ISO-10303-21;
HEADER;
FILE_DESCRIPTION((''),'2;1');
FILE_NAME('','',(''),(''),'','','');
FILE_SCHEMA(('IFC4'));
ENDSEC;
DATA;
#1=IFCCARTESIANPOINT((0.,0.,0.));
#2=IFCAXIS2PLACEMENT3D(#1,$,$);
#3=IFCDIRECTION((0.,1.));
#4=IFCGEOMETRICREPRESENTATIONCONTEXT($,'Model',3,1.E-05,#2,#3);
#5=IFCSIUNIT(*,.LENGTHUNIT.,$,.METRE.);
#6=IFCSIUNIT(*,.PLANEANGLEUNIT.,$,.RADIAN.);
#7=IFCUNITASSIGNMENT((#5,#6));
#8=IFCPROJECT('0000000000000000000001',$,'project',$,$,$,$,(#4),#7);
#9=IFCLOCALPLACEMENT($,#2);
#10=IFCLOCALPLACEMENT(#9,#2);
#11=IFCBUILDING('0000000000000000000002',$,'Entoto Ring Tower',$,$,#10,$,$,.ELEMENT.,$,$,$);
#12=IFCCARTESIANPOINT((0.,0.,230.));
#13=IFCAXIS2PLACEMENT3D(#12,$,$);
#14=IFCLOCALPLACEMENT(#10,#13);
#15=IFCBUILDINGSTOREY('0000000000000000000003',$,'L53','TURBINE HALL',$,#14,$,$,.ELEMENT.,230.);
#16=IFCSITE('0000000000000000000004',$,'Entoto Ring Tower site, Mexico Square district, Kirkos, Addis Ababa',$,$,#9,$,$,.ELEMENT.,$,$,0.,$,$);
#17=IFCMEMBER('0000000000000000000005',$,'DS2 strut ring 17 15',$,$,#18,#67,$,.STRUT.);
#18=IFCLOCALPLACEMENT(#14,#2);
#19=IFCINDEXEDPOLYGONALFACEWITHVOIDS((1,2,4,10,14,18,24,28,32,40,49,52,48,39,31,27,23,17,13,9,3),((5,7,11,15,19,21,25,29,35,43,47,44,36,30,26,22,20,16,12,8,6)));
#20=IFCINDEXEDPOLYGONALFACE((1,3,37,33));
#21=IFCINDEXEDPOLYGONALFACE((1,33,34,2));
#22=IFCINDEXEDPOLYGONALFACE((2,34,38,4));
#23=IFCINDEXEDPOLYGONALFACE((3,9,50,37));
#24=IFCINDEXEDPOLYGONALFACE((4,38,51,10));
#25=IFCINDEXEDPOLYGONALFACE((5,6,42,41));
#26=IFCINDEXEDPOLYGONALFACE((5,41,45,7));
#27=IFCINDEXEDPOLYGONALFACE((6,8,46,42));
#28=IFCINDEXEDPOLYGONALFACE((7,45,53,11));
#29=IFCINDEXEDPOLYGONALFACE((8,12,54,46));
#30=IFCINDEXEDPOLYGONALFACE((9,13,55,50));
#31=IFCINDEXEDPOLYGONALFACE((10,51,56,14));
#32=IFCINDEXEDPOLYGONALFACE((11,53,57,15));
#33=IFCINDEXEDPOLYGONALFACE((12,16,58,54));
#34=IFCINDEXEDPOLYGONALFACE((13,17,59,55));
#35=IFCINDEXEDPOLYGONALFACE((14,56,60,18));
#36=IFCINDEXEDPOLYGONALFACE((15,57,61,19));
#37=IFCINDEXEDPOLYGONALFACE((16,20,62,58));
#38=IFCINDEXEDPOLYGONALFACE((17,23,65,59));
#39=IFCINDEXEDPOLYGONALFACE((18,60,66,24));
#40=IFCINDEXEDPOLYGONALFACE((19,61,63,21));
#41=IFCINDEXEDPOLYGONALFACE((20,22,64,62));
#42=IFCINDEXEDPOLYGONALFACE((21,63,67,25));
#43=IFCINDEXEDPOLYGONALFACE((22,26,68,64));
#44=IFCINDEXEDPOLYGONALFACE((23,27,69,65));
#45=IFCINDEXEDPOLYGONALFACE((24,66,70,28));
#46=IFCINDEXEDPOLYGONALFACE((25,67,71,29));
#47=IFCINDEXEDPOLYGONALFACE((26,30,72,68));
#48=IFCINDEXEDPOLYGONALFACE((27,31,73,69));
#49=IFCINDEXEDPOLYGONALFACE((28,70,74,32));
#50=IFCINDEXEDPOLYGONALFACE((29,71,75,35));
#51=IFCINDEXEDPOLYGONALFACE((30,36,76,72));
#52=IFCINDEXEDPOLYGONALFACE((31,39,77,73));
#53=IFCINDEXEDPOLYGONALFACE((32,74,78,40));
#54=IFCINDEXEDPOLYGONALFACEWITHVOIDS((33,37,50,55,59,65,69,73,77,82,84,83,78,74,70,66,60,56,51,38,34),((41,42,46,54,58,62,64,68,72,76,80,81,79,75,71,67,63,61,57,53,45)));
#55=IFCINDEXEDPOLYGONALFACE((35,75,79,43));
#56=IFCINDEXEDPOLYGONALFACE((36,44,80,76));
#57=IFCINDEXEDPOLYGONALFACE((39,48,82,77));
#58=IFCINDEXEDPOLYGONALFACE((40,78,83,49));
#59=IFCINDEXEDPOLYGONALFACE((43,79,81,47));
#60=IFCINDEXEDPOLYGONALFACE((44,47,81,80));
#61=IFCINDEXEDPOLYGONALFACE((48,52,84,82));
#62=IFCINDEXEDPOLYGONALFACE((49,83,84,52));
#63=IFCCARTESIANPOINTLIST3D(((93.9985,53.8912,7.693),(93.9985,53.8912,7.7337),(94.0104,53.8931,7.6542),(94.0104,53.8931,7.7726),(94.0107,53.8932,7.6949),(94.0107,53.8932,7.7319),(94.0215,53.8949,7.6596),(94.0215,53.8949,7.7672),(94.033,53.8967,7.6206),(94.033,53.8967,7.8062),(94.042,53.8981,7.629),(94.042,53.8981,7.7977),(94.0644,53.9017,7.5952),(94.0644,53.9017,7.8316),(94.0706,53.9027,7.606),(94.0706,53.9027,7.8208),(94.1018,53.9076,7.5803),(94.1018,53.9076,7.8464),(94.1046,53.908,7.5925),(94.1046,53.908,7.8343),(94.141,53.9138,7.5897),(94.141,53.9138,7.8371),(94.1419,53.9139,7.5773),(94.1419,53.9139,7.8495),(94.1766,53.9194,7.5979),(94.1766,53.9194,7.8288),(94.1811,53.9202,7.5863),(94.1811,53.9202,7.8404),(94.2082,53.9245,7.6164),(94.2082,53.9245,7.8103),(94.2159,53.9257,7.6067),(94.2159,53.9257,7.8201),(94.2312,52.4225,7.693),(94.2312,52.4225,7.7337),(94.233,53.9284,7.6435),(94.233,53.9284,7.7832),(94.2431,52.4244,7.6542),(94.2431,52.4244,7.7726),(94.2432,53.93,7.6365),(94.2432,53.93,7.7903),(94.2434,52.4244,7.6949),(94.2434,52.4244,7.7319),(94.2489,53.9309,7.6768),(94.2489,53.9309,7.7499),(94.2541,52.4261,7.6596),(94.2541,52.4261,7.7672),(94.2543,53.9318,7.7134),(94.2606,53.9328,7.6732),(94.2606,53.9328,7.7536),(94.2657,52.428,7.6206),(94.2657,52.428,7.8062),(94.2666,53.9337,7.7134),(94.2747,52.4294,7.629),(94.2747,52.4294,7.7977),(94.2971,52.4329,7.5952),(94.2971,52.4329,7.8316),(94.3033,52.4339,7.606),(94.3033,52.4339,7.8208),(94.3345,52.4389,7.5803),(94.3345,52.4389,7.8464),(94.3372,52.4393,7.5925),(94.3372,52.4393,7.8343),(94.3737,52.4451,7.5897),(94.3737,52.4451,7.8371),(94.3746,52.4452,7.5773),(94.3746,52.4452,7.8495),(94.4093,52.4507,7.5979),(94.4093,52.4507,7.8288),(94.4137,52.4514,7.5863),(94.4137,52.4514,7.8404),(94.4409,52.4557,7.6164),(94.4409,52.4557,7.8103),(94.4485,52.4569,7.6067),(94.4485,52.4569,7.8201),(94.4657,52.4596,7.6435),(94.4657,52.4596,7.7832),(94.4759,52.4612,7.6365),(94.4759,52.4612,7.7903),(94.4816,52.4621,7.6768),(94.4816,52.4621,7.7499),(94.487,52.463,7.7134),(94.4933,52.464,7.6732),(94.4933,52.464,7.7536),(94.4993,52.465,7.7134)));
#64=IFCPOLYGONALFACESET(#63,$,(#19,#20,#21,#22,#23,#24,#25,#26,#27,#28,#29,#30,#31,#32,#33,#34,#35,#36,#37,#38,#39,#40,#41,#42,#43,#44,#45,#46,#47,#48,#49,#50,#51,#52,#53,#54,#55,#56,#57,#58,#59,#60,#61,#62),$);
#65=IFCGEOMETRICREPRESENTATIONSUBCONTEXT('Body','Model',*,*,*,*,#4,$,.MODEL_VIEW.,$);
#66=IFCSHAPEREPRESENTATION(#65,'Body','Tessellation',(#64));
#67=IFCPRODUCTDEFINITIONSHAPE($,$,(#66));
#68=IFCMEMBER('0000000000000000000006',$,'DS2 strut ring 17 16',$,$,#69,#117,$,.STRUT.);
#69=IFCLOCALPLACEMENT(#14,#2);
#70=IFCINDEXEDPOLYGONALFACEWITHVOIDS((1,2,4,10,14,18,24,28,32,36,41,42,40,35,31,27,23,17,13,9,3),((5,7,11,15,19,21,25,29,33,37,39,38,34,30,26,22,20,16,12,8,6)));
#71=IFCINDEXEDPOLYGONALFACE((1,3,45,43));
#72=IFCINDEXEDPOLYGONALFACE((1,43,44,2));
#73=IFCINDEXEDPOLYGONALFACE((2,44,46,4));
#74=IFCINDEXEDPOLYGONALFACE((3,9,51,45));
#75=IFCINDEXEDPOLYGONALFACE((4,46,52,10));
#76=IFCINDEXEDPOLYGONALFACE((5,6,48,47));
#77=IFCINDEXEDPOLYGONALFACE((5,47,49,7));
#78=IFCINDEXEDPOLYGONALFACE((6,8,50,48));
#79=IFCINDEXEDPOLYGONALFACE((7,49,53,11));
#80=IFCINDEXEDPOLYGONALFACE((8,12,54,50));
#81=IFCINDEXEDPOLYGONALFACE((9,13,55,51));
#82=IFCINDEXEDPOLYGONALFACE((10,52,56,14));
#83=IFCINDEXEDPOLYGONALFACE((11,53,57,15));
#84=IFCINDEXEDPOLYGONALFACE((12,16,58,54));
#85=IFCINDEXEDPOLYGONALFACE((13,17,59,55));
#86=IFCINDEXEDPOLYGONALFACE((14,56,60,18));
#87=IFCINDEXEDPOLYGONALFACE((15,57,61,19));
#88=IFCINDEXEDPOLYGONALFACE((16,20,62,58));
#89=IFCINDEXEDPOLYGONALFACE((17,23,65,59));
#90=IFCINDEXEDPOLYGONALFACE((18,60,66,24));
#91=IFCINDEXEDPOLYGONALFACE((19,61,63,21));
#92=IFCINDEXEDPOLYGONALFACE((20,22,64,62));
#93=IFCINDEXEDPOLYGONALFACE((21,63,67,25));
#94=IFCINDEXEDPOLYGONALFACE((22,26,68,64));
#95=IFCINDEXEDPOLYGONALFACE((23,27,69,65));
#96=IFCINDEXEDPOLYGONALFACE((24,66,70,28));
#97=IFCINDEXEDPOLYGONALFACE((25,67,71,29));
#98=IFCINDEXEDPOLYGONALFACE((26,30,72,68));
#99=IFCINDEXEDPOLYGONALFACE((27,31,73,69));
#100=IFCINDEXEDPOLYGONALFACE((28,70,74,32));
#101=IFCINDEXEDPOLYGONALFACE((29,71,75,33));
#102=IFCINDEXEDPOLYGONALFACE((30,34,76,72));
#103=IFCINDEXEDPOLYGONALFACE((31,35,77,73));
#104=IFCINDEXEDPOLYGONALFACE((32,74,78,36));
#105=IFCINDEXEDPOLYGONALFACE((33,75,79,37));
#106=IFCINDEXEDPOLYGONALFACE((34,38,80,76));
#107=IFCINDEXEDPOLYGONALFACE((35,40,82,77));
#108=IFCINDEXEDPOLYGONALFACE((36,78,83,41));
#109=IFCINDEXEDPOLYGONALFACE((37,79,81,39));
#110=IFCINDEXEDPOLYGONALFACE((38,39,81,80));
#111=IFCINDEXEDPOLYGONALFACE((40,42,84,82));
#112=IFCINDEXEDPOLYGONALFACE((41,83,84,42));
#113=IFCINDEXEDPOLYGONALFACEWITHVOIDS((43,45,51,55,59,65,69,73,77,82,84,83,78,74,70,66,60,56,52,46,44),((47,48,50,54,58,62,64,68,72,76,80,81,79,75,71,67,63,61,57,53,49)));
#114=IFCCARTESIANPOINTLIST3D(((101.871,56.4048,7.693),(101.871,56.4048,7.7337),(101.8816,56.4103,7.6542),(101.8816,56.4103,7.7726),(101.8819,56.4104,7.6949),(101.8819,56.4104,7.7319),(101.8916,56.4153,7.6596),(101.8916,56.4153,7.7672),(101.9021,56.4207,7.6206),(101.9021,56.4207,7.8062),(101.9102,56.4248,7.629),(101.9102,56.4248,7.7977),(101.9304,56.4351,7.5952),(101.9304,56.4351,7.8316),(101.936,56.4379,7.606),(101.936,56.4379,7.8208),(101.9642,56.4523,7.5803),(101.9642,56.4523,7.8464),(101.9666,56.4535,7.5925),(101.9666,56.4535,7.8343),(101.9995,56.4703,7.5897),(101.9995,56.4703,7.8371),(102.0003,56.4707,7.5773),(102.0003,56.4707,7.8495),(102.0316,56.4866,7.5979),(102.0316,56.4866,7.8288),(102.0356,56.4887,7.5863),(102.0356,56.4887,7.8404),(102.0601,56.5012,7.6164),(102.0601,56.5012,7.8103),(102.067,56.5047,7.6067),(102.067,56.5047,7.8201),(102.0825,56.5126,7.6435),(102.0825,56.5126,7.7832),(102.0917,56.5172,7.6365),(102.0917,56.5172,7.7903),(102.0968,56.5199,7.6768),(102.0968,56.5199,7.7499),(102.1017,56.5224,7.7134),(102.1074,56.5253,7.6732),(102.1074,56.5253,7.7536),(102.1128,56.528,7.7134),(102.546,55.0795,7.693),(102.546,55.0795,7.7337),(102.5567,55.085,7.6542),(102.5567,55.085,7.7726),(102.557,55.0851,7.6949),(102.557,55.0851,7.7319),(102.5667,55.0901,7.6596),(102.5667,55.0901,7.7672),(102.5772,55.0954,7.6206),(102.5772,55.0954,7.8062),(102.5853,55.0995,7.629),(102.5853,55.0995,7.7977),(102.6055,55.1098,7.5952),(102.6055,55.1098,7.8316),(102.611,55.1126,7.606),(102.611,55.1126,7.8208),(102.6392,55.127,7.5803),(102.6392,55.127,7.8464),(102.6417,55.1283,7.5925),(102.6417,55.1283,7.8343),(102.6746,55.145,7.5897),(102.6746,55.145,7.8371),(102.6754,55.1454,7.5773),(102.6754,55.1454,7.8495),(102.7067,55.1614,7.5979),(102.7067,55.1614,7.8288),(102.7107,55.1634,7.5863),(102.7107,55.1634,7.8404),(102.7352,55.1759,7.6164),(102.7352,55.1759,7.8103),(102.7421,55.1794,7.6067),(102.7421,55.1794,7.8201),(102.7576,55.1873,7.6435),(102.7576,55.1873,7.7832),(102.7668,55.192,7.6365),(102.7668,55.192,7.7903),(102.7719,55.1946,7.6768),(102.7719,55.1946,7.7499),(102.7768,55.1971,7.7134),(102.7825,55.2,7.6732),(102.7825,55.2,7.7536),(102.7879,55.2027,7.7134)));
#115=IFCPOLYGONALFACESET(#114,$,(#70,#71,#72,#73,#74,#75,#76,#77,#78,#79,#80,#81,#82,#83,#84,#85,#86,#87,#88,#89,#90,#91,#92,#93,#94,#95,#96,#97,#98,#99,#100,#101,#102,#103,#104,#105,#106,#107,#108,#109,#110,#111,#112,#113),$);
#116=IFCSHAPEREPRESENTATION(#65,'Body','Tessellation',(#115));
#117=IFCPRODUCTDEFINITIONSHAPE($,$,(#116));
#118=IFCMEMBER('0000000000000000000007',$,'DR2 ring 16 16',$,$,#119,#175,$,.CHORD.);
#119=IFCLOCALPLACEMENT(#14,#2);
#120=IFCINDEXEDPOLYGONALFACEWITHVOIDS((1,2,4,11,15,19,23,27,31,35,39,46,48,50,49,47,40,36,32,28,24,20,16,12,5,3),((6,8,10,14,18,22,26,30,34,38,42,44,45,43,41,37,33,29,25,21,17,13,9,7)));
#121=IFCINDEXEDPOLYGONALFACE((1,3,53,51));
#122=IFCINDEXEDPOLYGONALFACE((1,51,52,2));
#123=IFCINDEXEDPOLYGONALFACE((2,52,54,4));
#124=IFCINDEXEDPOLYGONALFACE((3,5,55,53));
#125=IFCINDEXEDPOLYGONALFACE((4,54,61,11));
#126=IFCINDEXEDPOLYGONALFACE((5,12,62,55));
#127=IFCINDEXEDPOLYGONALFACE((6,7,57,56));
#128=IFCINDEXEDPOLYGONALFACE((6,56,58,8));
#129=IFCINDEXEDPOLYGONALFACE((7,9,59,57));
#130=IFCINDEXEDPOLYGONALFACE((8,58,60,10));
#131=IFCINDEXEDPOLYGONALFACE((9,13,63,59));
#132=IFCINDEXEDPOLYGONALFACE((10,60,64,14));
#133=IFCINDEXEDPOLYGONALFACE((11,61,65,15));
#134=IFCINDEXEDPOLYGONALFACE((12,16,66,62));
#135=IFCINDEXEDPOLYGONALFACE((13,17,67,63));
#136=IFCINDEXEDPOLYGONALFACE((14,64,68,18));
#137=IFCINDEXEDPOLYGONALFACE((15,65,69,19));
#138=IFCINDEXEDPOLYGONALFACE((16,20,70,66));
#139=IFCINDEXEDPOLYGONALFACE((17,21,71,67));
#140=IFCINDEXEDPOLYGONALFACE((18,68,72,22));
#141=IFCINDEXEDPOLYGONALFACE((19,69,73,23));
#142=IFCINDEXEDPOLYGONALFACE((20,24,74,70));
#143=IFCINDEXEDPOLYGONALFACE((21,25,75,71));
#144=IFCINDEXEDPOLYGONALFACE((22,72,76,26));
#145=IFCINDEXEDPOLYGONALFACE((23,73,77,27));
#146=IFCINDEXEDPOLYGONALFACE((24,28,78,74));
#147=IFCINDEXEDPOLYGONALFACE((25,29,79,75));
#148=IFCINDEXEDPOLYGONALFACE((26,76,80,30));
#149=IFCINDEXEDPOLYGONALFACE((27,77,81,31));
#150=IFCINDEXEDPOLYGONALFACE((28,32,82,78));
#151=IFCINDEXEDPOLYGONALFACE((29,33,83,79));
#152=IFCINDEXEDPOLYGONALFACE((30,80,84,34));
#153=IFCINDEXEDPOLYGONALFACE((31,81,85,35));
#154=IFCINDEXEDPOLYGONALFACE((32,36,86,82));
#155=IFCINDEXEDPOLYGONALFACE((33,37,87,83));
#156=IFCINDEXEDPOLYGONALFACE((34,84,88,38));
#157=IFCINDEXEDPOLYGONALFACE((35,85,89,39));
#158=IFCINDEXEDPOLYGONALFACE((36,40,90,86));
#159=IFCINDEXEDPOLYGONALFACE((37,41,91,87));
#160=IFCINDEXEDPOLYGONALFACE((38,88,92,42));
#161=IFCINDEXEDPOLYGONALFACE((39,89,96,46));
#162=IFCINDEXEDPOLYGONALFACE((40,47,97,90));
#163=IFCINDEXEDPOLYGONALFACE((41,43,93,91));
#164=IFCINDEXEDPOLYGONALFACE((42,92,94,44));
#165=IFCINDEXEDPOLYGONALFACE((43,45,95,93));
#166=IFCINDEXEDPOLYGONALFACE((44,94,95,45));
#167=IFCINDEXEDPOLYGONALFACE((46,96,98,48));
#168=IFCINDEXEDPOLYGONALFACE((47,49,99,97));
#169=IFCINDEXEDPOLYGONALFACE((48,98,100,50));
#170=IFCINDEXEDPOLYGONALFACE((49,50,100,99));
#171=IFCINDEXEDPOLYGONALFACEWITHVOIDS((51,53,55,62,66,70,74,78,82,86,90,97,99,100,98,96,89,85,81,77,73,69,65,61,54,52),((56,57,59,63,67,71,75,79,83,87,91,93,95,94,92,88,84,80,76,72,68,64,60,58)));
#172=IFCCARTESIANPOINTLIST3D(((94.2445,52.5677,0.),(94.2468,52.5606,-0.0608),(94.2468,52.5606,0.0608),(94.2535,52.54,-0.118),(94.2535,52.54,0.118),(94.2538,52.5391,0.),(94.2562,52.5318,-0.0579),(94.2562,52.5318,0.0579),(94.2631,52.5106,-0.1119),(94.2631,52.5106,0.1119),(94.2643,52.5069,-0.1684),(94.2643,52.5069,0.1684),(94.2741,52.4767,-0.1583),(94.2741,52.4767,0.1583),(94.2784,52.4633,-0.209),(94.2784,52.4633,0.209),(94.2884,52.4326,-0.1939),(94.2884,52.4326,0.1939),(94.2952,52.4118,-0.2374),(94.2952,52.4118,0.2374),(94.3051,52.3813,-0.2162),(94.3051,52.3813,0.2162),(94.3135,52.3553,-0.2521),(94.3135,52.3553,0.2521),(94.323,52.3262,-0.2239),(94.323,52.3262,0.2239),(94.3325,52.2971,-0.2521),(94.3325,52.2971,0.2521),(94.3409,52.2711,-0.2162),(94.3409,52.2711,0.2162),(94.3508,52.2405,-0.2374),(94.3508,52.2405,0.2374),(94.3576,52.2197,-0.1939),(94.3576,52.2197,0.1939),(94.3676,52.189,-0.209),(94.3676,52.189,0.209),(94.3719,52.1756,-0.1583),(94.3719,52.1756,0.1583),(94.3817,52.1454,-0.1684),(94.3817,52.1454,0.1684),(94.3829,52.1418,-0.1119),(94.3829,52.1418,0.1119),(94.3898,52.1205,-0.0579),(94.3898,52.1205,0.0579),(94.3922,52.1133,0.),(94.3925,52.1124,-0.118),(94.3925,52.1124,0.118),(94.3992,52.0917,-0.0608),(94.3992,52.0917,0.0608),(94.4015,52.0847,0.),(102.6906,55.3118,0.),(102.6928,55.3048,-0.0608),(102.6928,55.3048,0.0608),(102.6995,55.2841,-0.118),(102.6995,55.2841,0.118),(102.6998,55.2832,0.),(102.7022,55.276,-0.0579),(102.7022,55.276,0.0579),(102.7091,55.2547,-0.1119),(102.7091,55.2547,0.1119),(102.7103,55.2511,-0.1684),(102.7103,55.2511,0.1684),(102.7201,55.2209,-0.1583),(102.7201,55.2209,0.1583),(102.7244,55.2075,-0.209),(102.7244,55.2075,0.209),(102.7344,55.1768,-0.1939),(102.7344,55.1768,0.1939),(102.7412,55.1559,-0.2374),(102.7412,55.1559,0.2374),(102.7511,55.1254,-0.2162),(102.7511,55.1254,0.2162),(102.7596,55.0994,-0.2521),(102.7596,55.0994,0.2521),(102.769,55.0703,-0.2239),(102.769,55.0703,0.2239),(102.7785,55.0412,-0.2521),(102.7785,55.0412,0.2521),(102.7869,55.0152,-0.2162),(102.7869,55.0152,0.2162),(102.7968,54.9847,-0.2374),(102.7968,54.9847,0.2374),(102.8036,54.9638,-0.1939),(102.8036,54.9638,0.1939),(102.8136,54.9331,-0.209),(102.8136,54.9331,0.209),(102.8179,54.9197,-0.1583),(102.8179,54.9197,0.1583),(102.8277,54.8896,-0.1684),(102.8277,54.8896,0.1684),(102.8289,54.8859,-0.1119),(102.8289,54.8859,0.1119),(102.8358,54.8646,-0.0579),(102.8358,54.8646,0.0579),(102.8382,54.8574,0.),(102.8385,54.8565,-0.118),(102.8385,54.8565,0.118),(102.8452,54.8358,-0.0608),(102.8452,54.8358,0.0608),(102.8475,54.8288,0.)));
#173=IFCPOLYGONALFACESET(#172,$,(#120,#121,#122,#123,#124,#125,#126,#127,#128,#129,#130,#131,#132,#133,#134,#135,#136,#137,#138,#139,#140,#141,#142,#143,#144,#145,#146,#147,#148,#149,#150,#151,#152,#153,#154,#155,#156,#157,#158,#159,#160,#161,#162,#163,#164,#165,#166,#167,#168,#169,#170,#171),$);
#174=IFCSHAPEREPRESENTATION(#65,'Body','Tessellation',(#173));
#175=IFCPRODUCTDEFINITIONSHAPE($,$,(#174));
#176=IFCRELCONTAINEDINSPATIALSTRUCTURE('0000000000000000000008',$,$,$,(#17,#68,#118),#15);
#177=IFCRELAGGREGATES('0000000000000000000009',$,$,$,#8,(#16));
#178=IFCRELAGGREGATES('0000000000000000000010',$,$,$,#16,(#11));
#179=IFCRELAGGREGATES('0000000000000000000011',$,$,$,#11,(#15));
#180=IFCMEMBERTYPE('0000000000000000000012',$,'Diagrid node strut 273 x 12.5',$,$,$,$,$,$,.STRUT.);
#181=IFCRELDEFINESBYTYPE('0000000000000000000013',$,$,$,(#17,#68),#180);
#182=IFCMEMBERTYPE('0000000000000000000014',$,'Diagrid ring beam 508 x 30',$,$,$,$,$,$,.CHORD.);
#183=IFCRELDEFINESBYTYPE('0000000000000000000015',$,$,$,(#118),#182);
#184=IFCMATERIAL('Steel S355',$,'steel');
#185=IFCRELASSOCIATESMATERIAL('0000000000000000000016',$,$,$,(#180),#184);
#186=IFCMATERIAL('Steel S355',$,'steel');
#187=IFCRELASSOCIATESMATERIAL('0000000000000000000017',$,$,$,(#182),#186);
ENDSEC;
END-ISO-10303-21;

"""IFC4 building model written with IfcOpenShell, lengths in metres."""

from ifc_helpers import new_model, si_unit, direction, frame, origin, origin_2d, place, context, subcontext, project, spatial, circle, hollow_circle, extrude, material, material_profile, profile_set, type_object, element, save


model = new_model("IFC4")

# Units and contexts
model_context = context("Model", 3, precision=1e-05, world=origin(), true_north=direction((0.0, 1.0)))
body_context = subcontext(model_context, "Body", "Model", "MODEL_VIEW")
ifc_project = project(units=[si_unit("LENGTHUNIT", "METRE"), si_unit("PLANEANGLEUNIT", "RADIAN")], contexts=[model_context])

# Site, building, storey
site_placement = place(None, origin())
site = spatial("IfcSite", under=ifc_project, at=site_placement, Name="Entoto Ring Tower site, Mexico Square district, Kirkos, Addis Ababa", CompositionType="ELEMENT", RefElevation=0.0)
building_placement = place(site_placement, origin())
building = spatial("IfcBuilding", under=site, at=building_placement, Name="Entoto Ring Tower", CompositionType="ELEMENT")
storey_placement = place(building_placement, frame((0.0, 0.0, 230.0)))
storey = spatial("IfcBuildingStorey", under=building, at=storey_placement, Name="L53", Description="TURBINE HALL", CompositionType="ELEMENT", Elevation=230.0)

# Members
ifc_material_1 = material(Name="Steel S355", Category="steel")
ifc_material_profile_1 = material_profile(ifc_material_1, hollow_circle(Radius=0.1365, WallThickness=0.0125, at=origin_2d()), Name="CHS 273 x 12.5")
ifc_material_2 = material(Name="Concrete C60/75", Category="concrete")
ifc_material_profile_2 = material_profile(ifc_material_2, circle(Radius=0.124, at=origin_2d()), Name="Concrete C60/75 infill")
ifc_profile_set_1 = profile_set([ifc_material_profile_1, ifc_material_profile_2], Name="Steel S355")
member_type_1 = type_object("IfcMemberType", Name="Diagrid node strut 273 x 12.5", PredefinedType="STRUT", material=ifc_profile_set_1)
member_1_placement = place(storey_placement, frame((94.1318, 53.9124, 7.7134), z_axis=(0.15646, -0.987684, 0.0), x_axis=(0.987684, 0.15646, 0.0)))
element("IfcMember", 1, at=member_1_placement, inside=storey, type_object=member_type_1, Name="DS2 strut ring 17 15", PredefinedType="STRUT", context=body_context, shape_type="SweptSolid", body=[
    extrude(hollow_circle(Radius=0.1365, WallThickness=0.0125, at=origin_2d()), origin(), (0.0, 0.0, 1.0), 1.4871),
])
member_2_placement = place(storey_placement, frame((101.9912, 56.4661, 7.7134), z_axis=(0.453899, -0.891053, 0.0), x_axis=(0.891053, 0.453899, 0.0)))
element("IfcMember", 2, at=member_2_placement, inside=storey, type_object=member_type_1, Name="DS2 strut ring 17 16", PredefinedType="STRUT", context=body_context, shape_type="SweptSolid", body=[
    extrude(hollow_circle(Radius=0.1365, WallThickness=0.0125, at=origin_2d()), origin(), (0.0, 0.0, 1.0), 1.4873),
])
ifc_material_3 = material(Name="Steel S355", Category="steel")
ifc_material_profile_3 = material_profile(ifc_material_3, hollow_circle(Radius=0.2539, WallThickness=0.03, at=origin_2d()), Name="CHS 508 x 30")
ifc_material_4 = material(Name="Concrete C60/75", Category="concrete")
ifc_material_profile_4 = material_profile(ifc_material_4, circle(Radius=0.2241, at=origin_2d()), Name="Concrete C60/75 infill")
ifc_profile_set_2 = profile_set([ifc_material_profile_3, ifc_material_profile_4], Name="Steel S355")
member_type_2 = type_object("IfcMemberType", Name="Diagrid ring beam 508 x 30", PredefinedType="CHORD", material=ifc_profile_set_2)
member_3_placement = place(storey_placement, frame((94.323, 52.3262, 0.0), z_axis=(0.951061, 0.309002, 0.0), x_axis=(-0.309002, 0.951061, 0.0)))
element("IfcMember", 3, at=member_3_placement, inside=storey, type_object=member_type_2, Name="DR2 ring 16 16", PredefinedType="CHORD", context=body_context, shape_type="SweptSolid", body=[
    extrude(hollow_circle(Radius=0.2539, WallThickness=0.03, at=origin_2d()), origin(), (0.0, 0.0, 1.0), 8.8806),
])

save(model, "model.ifc")
